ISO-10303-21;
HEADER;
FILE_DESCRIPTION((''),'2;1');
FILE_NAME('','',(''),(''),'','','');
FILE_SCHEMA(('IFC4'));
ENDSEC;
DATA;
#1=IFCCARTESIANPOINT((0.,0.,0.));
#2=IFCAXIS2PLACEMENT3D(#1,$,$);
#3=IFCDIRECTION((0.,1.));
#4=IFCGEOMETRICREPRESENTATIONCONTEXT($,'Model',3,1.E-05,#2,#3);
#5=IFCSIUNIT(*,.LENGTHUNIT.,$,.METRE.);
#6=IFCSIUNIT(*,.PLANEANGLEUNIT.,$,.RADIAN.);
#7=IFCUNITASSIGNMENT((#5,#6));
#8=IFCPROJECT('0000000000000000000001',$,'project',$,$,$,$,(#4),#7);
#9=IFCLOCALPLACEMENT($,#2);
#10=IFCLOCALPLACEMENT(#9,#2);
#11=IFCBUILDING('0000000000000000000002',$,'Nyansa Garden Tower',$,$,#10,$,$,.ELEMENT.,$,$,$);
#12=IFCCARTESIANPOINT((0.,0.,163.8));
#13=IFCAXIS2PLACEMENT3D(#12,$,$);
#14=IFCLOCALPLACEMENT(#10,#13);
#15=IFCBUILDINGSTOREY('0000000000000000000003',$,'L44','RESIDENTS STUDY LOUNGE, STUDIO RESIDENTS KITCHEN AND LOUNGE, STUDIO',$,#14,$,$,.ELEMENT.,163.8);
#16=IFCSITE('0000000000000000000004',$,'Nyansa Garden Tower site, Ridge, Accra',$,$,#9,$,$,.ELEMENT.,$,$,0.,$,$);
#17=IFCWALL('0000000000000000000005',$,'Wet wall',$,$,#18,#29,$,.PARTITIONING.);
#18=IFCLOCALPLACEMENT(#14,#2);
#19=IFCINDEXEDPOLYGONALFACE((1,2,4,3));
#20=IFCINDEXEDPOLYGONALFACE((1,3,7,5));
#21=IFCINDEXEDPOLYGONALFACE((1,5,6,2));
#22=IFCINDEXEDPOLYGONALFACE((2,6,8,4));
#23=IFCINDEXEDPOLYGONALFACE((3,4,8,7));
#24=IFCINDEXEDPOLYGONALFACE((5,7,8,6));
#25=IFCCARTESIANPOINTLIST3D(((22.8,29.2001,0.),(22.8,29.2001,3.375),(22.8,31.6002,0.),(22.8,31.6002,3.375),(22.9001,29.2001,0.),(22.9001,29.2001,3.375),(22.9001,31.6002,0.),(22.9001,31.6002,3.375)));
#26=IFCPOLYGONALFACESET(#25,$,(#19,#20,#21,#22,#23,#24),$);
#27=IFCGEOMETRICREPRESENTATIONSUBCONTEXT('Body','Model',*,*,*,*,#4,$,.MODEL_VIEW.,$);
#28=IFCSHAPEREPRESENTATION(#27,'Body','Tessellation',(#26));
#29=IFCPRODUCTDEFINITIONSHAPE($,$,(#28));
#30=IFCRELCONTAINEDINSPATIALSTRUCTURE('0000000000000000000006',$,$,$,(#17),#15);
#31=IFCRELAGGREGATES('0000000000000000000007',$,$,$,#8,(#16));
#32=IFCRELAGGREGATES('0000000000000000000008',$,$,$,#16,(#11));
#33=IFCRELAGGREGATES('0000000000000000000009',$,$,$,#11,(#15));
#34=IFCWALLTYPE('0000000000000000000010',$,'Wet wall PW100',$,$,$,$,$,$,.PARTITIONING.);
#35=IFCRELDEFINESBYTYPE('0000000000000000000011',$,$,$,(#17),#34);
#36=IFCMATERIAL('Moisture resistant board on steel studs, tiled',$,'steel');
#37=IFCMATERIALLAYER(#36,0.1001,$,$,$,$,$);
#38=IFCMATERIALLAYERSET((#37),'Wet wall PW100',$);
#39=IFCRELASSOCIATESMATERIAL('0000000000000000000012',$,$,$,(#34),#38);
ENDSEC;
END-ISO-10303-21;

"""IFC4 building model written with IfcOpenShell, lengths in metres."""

from ifc_helpers import new_model, si_unit, direction, frame, frame_2d, origin, place, context, subcontext, project, spatial, rectangle, extrude, material, layer, layer_set, type_object, element, save


model = new_model("IFC4")

# Units and contexts
model_context = context("Model", 3, precision=1e-05, world=origin(), true_north=direction((0.0, 1.0)))
body_context = subcontext(model_context, "Body", "Model", "MODEL_VIEW")
ifc_project = project(units=[si_unit("LENGTHUNIT", "METRE"), si_unit("PLANEANGLEUNIT", "RADIAN")], contexts=[model_context])

# Site, building, storey
site_placement = place(None, origin())
site = spatial("IfcSite", under=ifc_project, at=site_placement, Name="Nyansa Garden Tower site, Ridge, Accra", CompositionType="ELEMENT", RefElevation=0.0)
building_placement = place(site_placement, origin())
building = spatial("IfcBuilding", under=site, at=building_placement, Name="Nyansa Garden Tower", CompositionType="ELEMENT")
storey_placement = place(building_placement, frame((0.0, 0.0, 163.8)))
storey = spatial("IfcBuildingStorey", under=building, at=storey_placement, Name="L44", Description="RESIDENTS STUDY LOUNGE, STUDIO RESIDENTS KITCHEN AND LOUNGE, STUDIO", CompositionType="ELEMENT", Elevation=163.8)

# Wall
ifc_material_1 = material(Name="Moisture resistant board on steel studs, tiled", Category="steel")
ifc_layer_1 = layer(ifc_material_1, 0.1001)
ifc_layer_set_1 = layer_set([ifc_layer_1], Name="Wet wall PW100")
wall_type_1 = type_object("IfcWallType", Name="Wet wall PW100", PredefinedType="PARTITIONING", material=ifc_layer_set_1)
wall_1_placement = place(storey_placement, frame((22.8501, 29.2, 0.0), z_axis=(0.0, 0.0, 1.0), x_axis=(0.0, 1.0, 0.0)))
element("IfcWall", 1, at=wall_1_placement, inside=storey, type_object=wall_type_1, Name="Wet wall", PredefinedType="PARTITIONING", context=body_context, shape_type="SweptSolid", body=[
    extrude(rectangle(XDim=2.4001, YDim=0.1001, at=frame_2d((1.2002, 0.0))), origin(), (0.0, 0.0, 1.0), 3.375),
])

save(model, "model.ifc")
